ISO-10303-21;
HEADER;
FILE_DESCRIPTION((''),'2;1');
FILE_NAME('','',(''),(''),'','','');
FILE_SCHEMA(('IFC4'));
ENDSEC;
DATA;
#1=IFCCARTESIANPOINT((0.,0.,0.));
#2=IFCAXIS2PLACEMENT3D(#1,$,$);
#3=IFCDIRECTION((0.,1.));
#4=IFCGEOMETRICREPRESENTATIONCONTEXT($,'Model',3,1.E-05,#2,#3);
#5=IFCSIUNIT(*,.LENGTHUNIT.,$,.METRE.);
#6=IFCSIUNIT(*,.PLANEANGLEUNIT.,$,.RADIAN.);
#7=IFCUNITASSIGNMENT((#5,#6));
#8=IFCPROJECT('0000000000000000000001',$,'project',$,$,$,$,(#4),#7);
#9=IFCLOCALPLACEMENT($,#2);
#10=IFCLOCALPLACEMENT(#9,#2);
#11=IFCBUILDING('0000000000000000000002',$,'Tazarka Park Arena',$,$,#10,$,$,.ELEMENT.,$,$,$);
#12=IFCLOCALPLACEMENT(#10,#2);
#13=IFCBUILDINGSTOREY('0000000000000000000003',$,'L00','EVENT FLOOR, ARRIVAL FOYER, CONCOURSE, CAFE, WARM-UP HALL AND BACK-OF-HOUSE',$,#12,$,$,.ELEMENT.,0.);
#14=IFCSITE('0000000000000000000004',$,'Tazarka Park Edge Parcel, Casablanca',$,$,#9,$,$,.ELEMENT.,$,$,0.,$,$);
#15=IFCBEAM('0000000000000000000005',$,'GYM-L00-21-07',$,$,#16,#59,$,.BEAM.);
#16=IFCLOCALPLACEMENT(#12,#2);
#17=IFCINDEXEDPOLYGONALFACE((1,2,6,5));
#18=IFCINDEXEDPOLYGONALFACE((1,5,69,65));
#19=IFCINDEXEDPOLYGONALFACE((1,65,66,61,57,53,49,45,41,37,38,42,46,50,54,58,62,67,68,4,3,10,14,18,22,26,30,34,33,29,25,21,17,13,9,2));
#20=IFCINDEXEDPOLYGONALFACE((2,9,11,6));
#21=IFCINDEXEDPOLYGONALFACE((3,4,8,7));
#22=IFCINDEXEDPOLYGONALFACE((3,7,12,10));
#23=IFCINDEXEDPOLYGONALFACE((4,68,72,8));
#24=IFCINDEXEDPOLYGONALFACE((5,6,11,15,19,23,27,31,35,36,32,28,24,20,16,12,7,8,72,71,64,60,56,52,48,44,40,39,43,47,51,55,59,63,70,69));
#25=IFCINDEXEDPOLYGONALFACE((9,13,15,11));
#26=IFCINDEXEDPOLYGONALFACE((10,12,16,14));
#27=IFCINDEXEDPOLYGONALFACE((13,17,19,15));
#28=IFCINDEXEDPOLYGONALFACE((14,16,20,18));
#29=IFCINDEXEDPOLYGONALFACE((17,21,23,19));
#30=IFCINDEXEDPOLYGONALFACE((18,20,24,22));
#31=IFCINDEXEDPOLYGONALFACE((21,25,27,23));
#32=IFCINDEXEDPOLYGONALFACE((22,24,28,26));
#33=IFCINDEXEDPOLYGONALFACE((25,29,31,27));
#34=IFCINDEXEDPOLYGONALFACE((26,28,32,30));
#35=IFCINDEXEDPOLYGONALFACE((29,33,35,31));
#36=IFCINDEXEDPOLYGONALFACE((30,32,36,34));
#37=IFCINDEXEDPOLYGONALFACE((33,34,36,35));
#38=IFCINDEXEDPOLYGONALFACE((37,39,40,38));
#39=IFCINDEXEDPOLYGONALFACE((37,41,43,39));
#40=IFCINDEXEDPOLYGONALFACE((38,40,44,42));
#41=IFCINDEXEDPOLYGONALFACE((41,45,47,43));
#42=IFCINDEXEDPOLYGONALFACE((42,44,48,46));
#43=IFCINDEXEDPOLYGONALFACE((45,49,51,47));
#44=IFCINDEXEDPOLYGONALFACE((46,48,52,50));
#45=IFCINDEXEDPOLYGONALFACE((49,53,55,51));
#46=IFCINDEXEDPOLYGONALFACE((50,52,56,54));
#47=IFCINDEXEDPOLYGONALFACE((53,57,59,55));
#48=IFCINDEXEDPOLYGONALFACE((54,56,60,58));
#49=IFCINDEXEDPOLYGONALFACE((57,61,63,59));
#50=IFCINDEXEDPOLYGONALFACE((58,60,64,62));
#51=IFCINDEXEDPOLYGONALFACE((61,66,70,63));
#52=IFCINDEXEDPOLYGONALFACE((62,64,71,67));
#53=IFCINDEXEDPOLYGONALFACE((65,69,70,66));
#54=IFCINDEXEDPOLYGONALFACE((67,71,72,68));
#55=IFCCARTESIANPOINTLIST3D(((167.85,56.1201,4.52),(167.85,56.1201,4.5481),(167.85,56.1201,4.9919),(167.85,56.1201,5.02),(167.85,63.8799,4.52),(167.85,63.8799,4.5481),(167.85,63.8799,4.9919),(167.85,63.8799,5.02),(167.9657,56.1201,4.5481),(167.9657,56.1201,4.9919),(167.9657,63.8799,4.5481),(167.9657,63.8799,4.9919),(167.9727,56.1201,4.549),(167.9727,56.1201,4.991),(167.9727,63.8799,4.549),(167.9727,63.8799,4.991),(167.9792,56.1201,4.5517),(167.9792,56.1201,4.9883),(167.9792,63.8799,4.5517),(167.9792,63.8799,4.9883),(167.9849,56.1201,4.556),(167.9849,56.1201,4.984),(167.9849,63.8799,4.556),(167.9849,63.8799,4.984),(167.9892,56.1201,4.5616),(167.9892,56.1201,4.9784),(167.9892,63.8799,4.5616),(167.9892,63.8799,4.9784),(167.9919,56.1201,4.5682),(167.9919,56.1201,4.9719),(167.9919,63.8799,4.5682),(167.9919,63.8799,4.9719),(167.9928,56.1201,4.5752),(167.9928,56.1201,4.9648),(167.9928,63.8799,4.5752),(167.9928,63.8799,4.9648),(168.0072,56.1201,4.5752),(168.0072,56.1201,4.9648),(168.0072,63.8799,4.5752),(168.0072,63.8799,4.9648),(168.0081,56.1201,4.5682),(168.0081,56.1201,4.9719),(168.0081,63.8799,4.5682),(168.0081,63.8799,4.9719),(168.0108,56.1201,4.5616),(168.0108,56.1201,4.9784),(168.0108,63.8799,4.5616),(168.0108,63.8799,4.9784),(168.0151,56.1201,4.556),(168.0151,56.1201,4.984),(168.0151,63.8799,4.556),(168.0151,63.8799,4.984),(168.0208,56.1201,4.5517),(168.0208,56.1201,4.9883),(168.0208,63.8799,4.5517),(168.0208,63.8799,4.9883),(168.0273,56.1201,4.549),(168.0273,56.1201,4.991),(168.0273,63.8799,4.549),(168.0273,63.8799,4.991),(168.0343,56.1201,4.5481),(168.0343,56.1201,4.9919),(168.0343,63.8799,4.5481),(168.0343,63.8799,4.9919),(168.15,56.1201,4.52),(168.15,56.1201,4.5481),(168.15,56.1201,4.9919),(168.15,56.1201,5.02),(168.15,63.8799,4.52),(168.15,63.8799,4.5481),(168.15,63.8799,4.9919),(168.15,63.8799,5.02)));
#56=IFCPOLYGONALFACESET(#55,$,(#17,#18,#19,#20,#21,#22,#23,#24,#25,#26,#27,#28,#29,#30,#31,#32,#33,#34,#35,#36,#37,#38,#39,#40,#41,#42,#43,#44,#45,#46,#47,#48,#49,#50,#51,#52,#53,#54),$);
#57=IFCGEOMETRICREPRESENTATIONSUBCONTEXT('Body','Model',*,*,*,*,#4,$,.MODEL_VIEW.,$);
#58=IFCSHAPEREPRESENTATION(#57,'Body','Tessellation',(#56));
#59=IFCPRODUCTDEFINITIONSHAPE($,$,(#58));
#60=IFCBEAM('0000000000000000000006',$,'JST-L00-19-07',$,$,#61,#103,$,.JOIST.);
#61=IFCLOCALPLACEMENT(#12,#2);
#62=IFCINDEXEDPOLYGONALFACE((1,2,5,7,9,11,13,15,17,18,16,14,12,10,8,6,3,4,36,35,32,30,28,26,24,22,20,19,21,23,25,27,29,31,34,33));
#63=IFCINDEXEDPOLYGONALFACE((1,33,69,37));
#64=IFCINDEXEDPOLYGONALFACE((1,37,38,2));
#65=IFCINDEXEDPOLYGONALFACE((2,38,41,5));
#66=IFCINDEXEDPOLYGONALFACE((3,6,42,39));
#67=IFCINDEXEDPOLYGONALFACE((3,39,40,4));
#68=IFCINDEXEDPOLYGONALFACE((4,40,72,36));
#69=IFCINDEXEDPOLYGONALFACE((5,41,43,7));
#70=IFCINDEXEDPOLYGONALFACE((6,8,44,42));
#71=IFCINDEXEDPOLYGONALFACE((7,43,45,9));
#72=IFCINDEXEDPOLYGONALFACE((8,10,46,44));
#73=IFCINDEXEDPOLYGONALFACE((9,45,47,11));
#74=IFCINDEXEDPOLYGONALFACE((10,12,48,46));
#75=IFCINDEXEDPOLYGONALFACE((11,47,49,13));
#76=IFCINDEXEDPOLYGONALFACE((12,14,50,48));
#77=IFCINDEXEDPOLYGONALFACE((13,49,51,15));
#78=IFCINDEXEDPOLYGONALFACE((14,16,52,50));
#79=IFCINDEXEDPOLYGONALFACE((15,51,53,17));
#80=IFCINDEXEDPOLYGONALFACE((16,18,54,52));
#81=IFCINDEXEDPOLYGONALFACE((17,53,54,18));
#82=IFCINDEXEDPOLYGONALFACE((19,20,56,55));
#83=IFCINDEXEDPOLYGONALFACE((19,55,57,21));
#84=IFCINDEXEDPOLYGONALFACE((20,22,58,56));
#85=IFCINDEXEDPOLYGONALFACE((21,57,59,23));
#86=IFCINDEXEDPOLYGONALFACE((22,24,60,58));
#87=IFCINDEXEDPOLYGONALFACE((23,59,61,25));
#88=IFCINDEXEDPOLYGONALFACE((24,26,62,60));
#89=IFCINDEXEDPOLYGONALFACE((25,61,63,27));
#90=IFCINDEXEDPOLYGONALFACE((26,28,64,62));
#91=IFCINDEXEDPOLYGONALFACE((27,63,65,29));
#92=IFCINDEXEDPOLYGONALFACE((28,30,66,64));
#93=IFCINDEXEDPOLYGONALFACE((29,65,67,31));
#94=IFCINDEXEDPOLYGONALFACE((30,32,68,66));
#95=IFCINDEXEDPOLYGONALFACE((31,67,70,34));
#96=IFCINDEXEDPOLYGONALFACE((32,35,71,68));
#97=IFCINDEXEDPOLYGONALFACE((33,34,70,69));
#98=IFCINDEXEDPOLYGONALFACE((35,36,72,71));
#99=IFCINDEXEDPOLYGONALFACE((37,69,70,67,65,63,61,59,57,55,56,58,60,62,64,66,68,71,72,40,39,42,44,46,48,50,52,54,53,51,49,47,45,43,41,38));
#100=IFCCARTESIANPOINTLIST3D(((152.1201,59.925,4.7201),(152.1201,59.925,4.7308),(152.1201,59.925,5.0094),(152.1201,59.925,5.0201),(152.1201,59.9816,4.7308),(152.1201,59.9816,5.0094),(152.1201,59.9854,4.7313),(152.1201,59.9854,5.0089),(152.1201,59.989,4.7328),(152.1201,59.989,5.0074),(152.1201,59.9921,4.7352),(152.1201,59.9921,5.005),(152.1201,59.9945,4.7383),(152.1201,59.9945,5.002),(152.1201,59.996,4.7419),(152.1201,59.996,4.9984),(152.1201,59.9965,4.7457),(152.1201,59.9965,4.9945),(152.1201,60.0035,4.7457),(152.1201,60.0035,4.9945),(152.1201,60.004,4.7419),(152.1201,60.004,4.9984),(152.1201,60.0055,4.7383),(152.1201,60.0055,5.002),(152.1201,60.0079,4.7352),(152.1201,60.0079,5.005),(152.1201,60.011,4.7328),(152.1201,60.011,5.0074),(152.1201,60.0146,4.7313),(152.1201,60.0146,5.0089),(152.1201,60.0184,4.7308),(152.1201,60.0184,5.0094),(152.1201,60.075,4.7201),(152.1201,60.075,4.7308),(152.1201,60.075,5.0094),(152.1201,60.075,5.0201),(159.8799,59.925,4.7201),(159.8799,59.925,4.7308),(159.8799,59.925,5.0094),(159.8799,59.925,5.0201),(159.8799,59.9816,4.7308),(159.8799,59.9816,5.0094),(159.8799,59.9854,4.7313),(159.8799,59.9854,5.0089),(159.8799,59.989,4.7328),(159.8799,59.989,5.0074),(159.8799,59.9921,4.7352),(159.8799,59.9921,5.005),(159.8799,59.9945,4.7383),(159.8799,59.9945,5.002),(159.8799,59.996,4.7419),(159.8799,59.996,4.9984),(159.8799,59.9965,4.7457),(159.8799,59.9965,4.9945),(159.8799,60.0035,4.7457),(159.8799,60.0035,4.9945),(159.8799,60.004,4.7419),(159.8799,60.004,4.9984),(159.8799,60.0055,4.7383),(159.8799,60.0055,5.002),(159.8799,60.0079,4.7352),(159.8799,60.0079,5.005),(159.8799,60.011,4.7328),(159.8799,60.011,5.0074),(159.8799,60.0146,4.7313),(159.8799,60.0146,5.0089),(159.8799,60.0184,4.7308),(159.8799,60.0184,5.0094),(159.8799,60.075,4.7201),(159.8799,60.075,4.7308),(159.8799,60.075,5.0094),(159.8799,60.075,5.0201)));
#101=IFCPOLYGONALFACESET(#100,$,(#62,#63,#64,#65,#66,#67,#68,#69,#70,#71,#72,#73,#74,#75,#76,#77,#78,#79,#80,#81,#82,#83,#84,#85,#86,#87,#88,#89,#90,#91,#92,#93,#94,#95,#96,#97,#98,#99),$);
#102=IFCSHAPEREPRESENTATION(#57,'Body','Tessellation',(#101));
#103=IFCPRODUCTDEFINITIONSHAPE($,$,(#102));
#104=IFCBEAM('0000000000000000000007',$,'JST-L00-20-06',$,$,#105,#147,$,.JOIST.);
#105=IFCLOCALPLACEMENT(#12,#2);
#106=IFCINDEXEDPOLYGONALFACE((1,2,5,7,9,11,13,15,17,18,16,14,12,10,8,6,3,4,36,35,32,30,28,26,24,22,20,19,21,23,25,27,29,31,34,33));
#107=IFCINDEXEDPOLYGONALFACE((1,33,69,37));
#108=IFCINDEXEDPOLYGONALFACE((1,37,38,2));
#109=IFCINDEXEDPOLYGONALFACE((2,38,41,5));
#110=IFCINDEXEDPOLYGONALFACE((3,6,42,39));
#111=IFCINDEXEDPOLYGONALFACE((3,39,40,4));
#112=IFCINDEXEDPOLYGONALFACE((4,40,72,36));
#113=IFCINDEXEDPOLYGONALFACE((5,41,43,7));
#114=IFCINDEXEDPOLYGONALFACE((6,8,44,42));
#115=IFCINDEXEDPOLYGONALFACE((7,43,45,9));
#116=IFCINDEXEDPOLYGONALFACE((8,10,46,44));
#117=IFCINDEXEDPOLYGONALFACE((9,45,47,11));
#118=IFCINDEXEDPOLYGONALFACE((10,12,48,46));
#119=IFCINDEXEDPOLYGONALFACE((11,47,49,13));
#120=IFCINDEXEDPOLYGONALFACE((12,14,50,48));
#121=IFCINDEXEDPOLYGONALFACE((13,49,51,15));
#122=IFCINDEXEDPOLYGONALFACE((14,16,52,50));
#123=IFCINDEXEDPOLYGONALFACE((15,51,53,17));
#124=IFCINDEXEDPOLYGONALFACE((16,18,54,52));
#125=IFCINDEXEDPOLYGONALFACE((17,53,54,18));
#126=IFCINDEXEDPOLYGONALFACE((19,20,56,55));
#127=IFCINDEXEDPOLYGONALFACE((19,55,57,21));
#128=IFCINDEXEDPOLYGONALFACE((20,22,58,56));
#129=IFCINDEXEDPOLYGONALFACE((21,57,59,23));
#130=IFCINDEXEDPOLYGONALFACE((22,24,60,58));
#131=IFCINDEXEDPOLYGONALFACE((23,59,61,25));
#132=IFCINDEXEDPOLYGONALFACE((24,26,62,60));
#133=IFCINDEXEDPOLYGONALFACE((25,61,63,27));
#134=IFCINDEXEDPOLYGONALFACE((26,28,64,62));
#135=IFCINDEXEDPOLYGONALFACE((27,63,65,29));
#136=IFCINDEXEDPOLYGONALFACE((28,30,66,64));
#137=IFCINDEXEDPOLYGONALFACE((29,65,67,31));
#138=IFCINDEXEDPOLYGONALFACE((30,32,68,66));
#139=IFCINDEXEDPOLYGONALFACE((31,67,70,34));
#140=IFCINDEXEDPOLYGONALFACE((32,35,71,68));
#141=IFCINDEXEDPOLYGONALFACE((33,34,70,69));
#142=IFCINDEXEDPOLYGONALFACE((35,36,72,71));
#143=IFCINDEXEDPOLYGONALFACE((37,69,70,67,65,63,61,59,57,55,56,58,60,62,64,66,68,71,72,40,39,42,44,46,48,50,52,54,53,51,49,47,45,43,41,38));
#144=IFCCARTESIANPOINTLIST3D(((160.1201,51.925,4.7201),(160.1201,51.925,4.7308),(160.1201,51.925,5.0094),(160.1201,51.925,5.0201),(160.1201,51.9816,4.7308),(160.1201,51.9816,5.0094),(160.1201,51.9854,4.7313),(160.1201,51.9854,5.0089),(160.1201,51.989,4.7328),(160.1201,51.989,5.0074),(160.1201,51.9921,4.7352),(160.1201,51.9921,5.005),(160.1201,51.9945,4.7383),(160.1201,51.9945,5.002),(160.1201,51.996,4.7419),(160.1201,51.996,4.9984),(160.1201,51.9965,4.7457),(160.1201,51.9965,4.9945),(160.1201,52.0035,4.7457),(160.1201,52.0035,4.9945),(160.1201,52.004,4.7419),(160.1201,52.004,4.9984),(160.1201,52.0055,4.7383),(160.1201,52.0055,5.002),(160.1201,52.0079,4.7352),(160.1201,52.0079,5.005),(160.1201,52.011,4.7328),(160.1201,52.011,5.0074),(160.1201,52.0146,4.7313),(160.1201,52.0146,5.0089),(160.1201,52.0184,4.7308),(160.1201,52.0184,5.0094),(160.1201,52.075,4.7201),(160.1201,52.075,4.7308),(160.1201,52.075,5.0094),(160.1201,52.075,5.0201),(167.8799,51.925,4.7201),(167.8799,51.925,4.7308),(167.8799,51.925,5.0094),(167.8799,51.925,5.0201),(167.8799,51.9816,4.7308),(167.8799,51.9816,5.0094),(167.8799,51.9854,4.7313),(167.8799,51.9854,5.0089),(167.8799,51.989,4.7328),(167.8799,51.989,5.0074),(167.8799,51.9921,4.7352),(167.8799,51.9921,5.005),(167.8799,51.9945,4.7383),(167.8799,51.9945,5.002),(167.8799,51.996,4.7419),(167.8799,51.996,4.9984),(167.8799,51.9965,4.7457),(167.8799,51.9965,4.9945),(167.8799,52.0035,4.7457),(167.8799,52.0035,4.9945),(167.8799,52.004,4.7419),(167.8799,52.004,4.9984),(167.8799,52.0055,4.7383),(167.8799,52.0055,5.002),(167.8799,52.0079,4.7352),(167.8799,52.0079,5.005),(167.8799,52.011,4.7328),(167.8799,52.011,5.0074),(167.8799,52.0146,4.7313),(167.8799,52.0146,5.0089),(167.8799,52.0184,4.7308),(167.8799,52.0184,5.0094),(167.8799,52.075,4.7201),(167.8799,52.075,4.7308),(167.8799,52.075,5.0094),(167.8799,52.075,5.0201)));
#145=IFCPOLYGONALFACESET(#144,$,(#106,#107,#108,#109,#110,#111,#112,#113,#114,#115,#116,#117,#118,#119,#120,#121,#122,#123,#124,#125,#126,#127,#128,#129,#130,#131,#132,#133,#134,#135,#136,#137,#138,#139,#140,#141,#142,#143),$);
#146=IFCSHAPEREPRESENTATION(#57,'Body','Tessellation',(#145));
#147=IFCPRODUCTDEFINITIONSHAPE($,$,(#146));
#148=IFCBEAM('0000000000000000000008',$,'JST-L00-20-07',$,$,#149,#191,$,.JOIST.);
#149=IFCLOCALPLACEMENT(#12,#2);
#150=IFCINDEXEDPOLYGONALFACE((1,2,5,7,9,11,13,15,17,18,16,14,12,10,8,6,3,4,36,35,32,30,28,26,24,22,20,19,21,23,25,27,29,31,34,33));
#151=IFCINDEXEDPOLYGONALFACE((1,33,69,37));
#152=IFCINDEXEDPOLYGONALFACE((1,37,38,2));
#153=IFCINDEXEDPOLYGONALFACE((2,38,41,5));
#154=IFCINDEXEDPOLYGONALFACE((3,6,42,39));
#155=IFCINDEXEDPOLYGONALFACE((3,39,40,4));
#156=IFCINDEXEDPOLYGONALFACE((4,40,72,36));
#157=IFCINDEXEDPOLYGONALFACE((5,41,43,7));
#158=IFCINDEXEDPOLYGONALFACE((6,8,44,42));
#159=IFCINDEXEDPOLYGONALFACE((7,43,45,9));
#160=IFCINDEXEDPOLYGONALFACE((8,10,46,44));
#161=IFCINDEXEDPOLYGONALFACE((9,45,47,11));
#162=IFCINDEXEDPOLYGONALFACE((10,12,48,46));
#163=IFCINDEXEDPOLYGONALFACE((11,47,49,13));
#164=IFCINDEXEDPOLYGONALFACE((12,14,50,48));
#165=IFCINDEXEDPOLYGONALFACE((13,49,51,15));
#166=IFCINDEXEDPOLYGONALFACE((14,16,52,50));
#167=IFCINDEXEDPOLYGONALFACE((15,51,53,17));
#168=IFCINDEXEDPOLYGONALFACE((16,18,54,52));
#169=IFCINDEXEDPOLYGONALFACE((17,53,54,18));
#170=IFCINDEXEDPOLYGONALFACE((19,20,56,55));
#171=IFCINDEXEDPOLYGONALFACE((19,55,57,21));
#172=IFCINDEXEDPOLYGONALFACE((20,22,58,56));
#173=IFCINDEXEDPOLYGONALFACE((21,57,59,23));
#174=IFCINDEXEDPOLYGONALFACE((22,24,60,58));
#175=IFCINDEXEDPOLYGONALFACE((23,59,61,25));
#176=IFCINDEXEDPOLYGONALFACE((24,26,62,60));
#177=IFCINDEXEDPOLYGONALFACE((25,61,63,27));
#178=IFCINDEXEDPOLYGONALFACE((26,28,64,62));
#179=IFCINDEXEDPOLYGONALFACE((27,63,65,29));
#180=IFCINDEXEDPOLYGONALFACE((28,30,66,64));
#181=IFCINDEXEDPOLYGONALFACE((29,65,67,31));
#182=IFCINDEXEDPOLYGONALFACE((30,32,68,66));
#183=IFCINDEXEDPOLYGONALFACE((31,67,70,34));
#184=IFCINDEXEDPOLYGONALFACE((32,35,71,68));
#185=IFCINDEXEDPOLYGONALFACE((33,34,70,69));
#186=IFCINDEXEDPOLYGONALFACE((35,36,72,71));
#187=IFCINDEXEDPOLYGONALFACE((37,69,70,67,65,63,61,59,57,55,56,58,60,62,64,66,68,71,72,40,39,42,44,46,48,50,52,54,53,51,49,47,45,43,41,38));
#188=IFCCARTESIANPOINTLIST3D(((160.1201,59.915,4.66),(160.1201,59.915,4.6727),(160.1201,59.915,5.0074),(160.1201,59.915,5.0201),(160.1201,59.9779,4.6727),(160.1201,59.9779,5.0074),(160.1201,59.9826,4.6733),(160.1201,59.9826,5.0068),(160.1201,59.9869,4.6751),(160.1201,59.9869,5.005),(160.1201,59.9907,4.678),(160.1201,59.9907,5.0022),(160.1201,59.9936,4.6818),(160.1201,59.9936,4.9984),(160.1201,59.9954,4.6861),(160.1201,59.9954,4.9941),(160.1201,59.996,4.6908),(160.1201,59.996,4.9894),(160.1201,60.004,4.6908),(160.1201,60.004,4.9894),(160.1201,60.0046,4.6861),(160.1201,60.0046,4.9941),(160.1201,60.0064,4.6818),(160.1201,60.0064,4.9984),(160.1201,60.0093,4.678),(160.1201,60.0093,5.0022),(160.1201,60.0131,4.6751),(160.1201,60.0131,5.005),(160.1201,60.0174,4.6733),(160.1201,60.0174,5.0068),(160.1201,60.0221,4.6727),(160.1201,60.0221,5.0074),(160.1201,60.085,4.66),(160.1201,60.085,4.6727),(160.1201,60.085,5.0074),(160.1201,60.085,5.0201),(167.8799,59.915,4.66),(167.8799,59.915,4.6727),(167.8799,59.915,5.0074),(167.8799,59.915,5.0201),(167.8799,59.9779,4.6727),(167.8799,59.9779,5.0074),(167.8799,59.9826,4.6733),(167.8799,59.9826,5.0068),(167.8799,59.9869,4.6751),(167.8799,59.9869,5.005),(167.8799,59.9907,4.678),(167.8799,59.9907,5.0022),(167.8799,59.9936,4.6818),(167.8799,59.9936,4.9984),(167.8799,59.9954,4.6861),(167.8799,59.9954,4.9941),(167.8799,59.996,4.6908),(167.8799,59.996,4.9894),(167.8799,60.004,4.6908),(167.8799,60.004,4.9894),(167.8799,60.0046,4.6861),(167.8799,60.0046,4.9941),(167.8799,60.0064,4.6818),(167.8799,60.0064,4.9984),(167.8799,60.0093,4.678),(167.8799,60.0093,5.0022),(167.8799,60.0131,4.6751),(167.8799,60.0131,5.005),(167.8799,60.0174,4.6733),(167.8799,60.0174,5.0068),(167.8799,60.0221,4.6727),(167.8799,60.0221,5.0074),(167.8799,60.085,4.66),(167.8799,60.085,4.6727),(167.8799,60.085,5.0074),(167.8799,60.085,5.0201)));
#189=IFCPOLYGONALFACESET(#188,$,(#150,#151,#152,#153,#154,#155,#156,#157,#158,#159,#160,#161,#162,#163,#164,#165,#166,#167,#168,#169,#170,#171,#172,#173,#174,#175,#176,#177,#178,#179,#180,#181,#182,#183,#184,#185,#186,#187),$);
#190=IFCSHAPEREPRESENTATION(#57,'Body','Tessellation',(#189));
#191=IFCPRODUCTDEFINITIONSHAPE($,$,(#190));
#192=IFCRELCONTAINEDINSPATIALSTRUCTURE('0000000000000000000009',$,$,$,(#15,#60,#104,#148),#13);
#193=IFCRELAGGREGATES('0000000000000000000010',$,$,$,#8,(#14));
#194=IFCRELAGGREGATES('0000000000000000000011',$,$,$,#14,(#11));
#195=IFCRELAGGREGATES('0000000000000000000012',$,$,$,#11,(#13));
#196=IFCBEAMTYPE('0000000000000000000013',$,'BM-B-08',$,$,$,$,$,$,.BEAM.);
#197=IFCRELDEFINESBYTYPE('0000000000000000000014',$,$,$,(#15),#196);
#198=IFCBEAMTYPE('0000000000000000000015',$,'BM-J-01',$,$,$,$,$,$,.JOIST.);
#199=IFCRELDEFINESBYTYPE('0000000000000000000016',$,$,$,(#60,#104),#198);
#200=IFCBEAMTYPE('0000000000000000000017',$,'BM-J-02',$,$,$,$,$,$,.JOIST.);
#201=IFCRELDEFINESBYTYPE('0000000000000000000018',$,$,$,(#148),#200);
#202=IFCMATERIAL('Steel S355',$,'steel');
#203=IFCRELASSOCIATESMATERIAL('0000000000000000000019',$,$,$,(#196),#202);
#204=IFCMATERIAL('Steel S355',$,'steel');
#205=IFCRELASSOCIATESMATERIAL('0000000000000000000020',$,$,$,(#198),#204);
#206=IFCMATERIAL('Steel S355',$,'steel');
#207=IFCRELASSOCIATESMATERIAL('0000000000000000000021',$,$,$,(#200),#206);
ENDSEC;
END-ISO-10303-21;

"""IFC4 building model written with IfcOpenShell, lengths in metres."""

from ifc_helpers import new_model, si_unit, direction, frame, origin, origin_2d, place, context, subcontext, project, spatial, i_section, extrude, material, material_profile, profile_set, type_object, element, save


model = new_model("IFC4")

# Units and contexts
model_context = context("Model", 3, precision=1e-05, world=origin(), true_north=direction((0.0, 1.0)))
body_context = subcontext(model_context, "Body", "Model", "MODEL_VIEW")
ifc_project = project(units=[si_unit("LENGTHUNIT", "METRE"), si_unit("PLANEANGLEUNIT", "RADIAN")], contexts=[model_context])

# Site, building, storey
site_placement = place(None, origin())
site = spatial("IfcSite", under=ifc_project, at=site_placement, Name="Tazarka Park Edge Parcel, Casablanca", CompositionType="ELEMENT", RefElevation=0.0)
building_placement = place(site_placement, origin())
building = spatial("IfcBuilding", under=site, at=building_placement, Name="Tazarka Park Arena", CompositionType="ELEMENT")
storey_placement = place(building_placement, origin())
storey = spatial("IfcBuildingStorey", under=building, at=storey_placement, Name="L00", Description="EVENT FLOOR, ARRIVAL FOYER, CONCOURSE, CAFE, WARM-UP HALL AND BACK-OF-HOUSE", CompositionType="ELEMENT", Elevation=0.0)

# Beams
ifc_material_1 = material(Name="Steel S355", Category="steel")
ifc_material_profile_1 = material_profile(ifc_material_1, i_section(OverallWidth=0.3, OverallDepth=0.5, WebThickness=0.0144, FlangeThickness=0.0281, FilletRadius=0.0271, at=origin_2d()), Name="Steel S355")
ifc_profile_set_1 = profile_set([ifc_material_profile_1], Name="Steel S355")
beam_type_1 = type_object("IfcBeamType", Name="BM-B-08", PredefinedType="BEAM", material=ifc_profile_set_1)
for number, where, z_axis, x_axis, name in (
    (1, (168.0, 56.1201, 4.77), (0.0, 1.0, 0.0), (-1.0, 0.0, 0.0), "GYM-L00-21-07"),
):
    element("IfcBeam", number, at=place(storey_placement, frame(where, z_axis=z_axis, x_axis=x_axis)), inside=storey, type_object=beam_type_1, Name=name, PredefinedType="BEAM", context=body_context, shape_type="SweptSolid", body=[
        extrude(i_section(OverallWidth=0.3, OverallDepth=0.5, WebThickness=0.0144, FlangeThickness=0.0281, FilletRadius=0.0271, at=origin_2d()), origin(), (0.0, 0.0, 1.0), 7.7598),
    ])
ifc_material_2 = material(Name="Steel S355", Category="steel")
ifc_material_profile_2 = material_profile(ifc_material_2, i_section(OverallWidth=0.1499, OverallDepth=0.3, WebThickness=0.0071, FlangeThickness=0.0107, FilletRadius=0.0149, at=origin_2d()), Name="Steel S355")
ifc_profile_set_2 = profile_set([ifc_material_profile_2], Name="Steel S355")
beam_type_2 = type_object("IfcBeamType", Name="BM-J-01", PredefinedType="JOIST", material=ifc_profile_set_2)
for number, where, z_axis, x_axis, name in (
    (2, (152.1201, 60.0, 4.8701), (1.0, 0.0, 0.0), (0.0, 1.0, 0.0), "JST-L00-19-07"),
    (3, (160.1201, 52.0, 4.8701), (1.0, 0.0, 0.0), (0.0, 1.0, 0.0), "JST-L00-20-06"),
):
    element("IfcBeam", number, at=place(storey_placement, frame(where, z_axis=z_axis, x_axis=x_axis)), inside=storey, type_object=beam_type_2, Name=name, PredefinedType="JOIST", context=body_context, shape_type="SweptSolid", body=[
        extrude(i_section(OverallWidth=0.1499, OverallDepth=0.3, WebThickness=0.0071, FlangeThickness=0.0107, FilletRadius=0.0149, at=origin_2d()), origin(), (0.0, 0.0, 1.0), 7.7598),
    ])
ifc_material_3 = material(Name="Steel S355", Category="steel")
ifc_material_profile_3 = material_profile(ifc_material_3, i_section(OverallWidth=0.1699, OverallDepth=0.3601, WebThickness=0.0081, FlangeThickness=0.0127, FilletRadius=0.0181, at=origin_2d()), Name="Steel S355")
ifc_profile_set_3 = profile_set([ifc_material_profile_3], Name="Steel S355")
beam_type_3 = type_object("IfcBeamType", Name="BM-J-02", PredefinedType="JOIST", material=ifc_profile_set_3)
for number, where, z_axis, x_axis, name in (
    (4, (160.1201, 60.0, 4.8401), (1.0, 0.0, 0.0), (0.0, 1.0, 0.0), "JST-L00-20-07"),
):
    element("IfcBeam", number, at=place(storey_placement, frame(where, z_axis=z_axis, x_axis=x_axis)), inside=storey, type_object=beam_type_3, Name=name, PredefinedType="JOIST", context=body_context, shape_type="SweptSolid", body=[
        extrude(i_section(OverallWidth=0.1699, OverallDepth=0.3601, WebThickness=0.0081, FlangeThickness=0.0127, FilletRadius=0.0181, at=origin_2d()), origin(), (0.0, 0.0, 1.0), 7.7598),
    ])

save(model, "model.ifc")
